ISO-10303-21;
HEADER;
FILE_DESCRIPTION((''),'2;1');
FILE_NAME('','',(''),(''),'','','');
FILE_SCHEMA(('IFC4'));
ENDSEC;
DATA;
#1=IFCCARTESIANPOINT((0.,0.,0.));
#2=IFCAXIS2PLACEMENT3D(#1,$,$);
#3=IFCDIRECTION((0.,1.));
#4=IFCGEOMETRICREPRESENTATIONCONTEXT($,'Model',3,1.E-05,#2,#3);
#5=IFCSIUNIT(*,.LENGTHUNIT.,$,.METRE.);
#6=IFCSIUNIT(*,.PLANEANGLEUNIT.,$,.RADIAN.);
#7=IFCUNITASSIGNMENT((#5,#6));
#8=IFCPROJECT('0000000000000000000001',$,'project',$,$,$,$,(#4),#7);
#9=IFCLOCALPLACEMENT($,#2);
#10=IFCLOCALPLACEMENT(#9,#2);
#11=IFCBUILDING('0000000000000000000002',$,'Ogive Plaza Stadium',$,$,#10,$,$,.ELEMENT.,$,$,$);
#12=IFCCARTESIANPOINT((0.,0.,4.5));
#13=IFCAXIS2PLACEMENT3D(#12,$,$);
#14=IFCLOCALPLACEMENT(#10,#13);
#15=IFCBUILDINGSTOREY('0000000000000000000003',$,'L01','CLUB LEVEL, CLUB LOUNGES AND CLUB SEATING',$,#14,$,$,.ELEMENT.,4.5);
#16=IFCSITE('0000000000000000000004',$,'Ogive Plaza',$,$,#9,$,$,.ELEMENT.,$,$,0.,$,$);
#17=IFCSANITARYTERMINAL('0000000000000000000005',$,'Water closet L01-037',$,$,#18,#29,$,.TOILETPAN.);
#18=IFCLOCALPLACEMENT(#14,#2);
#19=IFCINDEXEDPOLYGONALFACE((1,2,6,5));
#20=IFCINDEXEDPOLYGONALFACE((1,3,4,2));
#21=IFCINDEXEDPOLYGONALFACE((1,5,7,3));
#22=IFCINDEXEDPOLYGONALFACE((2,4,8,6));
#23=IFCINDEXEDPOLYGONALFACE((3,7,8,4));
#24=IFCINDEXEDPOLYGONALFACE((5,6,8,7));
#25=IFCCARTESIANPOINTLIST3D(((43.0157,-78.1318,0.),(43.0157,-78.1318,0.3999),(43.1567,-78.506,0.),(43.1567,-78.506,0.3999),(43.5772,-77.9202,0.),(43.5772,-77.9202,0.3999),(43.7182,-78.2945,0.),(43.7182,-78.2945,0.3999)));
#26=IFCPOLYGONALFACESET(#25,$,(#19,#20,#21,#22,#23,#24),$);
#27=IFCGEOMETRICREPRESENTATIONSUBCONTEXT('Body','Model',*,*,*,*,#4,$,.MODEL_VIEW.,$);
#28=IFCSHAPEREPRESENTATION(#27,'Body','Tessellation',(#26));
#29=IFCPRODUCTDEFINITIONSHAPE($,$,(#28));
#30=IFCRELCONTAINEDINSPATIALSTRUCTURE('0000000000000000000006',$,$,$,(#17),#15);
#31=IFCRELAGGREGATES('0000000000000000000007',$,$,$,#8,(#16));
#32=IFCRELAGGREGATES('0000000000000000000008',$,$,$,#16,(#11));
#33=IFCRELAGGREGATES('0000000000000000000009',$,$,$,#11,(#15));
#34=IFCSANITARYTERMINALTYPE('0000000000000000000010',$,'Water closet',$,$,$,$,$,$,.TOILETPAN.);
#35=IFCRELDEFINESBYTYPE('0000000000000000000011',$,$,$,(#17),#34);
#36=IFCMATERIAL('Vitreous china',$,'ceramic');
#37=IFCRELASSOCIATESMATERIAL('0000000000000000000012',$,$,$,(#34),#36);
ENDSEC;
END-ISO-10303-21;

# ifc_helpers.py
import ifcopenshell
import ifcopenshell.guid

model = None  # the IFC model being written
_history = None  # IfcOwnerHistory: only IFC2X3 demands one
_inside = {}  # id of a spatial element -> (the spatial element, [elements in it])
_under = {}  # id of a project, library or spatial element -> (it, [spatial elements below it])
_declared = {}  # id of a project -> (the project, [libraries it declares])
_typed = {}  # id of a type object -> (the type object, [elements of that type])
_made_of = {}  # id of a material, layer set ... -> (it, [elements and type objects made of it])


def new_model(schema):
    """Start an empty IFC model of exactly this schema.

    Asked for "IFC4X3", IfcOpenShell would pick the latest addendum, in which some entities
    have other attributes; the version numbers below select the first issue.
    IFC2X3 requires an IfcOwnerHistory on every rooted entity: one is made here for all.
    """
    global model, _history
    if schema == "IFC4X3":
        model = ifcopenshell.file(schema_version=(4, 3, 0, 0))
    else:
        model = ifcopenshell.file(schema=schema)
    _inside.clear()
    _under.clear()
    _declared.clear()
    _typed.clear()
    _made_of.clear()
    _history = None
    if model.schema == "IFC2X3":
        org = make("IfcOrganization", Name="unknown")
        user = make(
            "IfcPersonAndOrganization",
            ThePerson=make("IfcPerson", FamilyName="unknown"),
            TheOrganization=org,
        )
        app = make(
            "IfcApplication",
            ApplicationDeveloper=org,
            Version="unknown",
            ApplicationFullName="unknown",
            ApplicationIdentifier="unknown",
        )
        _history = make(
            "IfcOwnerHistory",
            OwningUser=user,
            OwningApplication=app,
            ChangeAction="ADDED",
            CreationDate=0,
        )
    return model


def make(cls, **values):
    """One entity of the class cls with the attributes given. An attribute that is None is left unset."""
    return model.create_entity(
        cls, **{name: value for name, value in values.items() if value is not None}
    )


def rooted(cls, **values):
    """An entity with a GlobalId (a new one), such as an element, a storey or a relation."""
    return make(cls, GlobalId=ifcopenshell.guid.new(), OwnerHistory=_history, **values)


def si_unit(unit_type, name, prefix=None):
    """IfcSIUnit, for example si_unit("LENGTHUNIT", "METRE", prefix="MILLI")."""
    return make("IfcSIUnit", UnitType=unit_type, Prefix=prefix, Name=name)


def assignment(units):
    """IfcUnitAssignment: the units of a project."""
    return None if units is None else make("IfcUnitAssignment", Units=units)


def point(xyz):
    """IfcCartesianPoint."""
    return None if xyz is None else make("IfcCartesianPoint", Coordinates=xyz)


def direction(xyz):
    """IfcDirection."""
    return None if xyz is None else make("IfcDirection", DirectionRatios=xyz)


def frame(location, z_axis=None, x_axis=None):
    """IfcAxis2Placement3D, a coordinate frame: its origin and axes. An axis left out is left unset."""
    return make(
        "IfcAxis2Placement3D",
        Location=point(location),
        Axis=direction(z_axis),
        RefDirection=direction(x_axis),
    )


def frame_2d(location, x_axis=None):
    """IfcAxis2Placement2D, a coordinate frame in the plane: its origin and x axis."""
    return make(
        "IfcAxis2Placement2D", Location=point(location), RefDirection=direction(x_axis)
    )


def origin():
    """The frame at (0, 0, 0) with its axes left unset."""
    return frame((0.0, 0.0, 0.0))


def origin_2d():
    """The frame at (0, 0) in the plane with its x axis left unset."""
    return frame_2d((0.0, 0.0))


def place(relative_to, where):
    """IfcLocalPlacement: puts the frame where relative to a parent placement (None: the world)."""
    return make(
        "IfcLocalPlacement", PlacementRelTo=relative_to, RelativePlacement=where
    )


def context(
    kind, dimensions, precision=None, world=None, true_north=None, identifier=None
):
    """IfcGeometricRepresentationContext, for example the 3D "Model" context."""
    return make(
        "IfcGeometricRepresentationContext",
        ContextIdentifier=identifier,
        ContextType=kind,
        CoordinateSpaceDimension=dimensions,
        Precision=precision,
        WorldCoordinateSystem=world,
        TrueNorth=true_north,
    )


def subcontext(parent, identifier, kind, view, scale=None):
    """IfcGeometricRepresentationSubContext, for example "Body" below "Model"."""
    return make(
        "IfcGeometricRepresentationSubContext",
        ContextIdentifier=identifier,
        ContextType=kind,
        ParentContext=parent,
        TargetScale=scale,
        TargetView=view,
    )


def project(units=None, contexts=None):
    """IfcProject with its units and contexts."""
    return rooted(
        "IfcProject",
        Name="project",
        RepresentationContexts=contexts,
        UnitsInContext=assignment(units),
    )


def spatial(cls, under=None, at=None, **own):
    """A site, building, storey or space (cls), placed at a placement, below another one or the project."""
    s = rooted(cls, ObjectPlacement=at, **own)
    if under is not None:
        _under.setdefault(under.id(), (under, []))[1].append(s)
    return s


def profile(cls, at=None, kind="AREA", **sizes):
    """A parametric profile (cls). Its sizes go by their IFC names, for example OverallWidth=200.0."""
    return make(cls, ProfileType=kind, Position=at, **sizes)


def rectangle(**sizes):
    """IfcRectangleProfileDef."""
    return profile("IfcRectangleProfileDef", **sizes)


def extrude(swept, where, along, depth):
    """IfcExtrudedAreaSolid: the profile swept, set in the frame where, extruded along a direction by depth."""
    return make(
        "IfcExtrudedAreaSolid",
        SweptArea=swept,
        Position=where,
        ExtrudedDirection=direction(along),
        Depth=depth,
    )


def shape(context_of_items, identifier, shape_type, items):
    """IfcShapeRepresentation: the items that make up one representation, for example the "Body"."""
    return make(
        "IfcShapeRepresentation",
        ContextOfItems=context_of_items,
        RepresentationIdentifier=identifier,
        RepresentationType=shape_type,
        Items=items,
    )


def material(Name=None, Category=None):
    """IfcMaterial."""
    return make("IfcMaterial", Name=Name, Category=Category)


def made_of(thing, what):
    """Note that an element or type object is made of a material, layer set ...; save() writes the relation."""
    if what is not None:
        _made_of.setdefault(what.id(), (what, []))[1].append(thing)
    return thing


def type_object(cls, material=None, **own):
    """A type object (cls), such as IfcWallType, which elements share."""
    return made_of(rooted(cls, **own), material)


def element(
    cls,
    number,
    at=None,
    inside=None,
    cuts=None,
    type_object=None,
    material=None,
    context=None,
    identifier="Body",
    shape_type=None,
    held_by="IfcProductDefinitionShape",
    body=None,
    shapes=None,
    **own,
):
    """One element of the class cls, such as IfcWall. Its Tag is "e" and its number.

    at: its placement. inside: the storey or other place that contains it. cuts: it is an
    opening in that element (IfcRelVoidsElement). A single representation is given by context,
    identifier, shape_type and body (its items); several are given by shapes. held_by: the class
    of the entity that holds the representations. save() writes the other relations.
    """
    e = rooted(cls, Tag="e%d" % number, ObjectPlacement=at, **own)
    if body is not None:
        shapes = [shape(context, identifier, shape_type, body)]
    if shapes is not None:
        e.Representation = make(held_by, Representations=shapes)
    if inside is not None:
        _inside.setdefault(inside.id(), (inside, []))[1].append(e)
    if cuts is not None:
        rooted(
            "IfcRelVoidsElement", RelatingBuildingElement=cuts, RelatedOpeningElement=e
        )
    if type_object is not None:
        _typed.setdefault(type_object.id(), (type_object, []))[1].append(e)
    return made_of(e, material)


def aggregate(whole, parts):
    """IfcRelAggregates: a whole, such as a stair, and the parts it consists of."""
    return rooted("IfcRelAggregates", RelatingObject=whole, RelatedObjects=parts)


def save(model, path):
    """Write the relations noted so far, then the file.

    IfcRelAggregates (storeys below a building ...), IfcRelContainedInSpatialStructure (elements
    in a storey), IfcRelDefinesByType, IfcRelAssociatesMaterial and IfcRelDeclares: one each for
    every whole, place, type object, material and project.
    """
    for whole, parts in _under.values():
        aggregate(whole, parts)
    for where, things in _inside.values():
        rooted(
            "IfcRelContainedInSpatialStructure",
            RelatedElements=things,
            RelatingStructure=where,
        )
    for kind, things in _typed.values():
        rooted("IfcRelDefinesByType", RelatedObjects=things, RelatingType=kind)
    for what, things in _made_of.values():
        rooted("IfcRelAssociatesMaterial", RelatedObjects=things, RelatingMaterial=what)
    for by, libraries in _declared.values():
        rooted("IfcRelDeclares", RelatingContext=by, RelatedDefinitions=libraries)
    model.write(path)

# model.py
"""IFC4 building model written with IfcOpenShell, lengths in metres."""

from ifc_helpers import new_model, si_unit, direction, frame, origin, origin_2d, place, context, subcontext, project, spatial, rectangle, extrude, material, type_object, element, save


model = new_model("IFC4")

# Units and contexts
model_context = context("Model", 3, precision=1e-05, world=origin(), true_north=direction((0.0, 1.0)))
body_context = subcontext(model_context, "Body", "Model", "MODEL_VIEW")
ifc_project = project(units=[si_unit("LENGTHUNIT", "METRE"), si_unit("PLANEANGLEUNIT", "RADIAN")], contexts=[model_context])

# Site, building, storey
site_placement = place(None, origin())
site = spatial("IfcSite", under=ifc_project, at=site_placement, Name="Ogive Plaza", CompositionType="ELEMENT", RefElevation=0.0)
building_placement = place(site_placement, origin())
building = spatial("IfcBuilding", under=site, at=building_placement, Name="Ogive Plaza Stadium", CompositionType="ELEMENT")
storey_placement = place(building_placement, frame((0.0, 0.0, 4.5)))
storey = spatial("IfcBuildingStorey", under=building, at=storey_placement, Name="L01", Description="CLUB LEVEL, CLUB LOUNGES AND CLUB SEATING", CompositionType="ELEMENT", Elevation=4.5)

# Sanitary terminal
ifc_material_1 = material(Name="Vitreous china", Category="ceramic")
sanitary_terminal_type = type_object("IfcSanitaryTerminalType", Name="Water closet", PredefinedType="TOILETPAN", material=ifc_material_1)
sanitary_terminal_placement = place(storey_placement, frame((43.3669, -78.2131, 0.0), z_axis=(0.0, 0.0, 1.0), x_axis=(0.35256, -0.935789, 0.0)))
element("IfcSanitaryTerminal", 1, at=sanitary_terminal_placement, inside=storey, type_object=sanitary_terminal_type, Name="Water closet L01-037", PredefinedType="TOILETPAN", context=body_context, shape_type="SweptSolid", body=[
    extrude(rectangle(XDim=0.3999, YDim=0.6001, at=origin_2d()), origin(), (0.0, 0.0, 1.0), 0.3999),
])

save(model, "model.ifc")
